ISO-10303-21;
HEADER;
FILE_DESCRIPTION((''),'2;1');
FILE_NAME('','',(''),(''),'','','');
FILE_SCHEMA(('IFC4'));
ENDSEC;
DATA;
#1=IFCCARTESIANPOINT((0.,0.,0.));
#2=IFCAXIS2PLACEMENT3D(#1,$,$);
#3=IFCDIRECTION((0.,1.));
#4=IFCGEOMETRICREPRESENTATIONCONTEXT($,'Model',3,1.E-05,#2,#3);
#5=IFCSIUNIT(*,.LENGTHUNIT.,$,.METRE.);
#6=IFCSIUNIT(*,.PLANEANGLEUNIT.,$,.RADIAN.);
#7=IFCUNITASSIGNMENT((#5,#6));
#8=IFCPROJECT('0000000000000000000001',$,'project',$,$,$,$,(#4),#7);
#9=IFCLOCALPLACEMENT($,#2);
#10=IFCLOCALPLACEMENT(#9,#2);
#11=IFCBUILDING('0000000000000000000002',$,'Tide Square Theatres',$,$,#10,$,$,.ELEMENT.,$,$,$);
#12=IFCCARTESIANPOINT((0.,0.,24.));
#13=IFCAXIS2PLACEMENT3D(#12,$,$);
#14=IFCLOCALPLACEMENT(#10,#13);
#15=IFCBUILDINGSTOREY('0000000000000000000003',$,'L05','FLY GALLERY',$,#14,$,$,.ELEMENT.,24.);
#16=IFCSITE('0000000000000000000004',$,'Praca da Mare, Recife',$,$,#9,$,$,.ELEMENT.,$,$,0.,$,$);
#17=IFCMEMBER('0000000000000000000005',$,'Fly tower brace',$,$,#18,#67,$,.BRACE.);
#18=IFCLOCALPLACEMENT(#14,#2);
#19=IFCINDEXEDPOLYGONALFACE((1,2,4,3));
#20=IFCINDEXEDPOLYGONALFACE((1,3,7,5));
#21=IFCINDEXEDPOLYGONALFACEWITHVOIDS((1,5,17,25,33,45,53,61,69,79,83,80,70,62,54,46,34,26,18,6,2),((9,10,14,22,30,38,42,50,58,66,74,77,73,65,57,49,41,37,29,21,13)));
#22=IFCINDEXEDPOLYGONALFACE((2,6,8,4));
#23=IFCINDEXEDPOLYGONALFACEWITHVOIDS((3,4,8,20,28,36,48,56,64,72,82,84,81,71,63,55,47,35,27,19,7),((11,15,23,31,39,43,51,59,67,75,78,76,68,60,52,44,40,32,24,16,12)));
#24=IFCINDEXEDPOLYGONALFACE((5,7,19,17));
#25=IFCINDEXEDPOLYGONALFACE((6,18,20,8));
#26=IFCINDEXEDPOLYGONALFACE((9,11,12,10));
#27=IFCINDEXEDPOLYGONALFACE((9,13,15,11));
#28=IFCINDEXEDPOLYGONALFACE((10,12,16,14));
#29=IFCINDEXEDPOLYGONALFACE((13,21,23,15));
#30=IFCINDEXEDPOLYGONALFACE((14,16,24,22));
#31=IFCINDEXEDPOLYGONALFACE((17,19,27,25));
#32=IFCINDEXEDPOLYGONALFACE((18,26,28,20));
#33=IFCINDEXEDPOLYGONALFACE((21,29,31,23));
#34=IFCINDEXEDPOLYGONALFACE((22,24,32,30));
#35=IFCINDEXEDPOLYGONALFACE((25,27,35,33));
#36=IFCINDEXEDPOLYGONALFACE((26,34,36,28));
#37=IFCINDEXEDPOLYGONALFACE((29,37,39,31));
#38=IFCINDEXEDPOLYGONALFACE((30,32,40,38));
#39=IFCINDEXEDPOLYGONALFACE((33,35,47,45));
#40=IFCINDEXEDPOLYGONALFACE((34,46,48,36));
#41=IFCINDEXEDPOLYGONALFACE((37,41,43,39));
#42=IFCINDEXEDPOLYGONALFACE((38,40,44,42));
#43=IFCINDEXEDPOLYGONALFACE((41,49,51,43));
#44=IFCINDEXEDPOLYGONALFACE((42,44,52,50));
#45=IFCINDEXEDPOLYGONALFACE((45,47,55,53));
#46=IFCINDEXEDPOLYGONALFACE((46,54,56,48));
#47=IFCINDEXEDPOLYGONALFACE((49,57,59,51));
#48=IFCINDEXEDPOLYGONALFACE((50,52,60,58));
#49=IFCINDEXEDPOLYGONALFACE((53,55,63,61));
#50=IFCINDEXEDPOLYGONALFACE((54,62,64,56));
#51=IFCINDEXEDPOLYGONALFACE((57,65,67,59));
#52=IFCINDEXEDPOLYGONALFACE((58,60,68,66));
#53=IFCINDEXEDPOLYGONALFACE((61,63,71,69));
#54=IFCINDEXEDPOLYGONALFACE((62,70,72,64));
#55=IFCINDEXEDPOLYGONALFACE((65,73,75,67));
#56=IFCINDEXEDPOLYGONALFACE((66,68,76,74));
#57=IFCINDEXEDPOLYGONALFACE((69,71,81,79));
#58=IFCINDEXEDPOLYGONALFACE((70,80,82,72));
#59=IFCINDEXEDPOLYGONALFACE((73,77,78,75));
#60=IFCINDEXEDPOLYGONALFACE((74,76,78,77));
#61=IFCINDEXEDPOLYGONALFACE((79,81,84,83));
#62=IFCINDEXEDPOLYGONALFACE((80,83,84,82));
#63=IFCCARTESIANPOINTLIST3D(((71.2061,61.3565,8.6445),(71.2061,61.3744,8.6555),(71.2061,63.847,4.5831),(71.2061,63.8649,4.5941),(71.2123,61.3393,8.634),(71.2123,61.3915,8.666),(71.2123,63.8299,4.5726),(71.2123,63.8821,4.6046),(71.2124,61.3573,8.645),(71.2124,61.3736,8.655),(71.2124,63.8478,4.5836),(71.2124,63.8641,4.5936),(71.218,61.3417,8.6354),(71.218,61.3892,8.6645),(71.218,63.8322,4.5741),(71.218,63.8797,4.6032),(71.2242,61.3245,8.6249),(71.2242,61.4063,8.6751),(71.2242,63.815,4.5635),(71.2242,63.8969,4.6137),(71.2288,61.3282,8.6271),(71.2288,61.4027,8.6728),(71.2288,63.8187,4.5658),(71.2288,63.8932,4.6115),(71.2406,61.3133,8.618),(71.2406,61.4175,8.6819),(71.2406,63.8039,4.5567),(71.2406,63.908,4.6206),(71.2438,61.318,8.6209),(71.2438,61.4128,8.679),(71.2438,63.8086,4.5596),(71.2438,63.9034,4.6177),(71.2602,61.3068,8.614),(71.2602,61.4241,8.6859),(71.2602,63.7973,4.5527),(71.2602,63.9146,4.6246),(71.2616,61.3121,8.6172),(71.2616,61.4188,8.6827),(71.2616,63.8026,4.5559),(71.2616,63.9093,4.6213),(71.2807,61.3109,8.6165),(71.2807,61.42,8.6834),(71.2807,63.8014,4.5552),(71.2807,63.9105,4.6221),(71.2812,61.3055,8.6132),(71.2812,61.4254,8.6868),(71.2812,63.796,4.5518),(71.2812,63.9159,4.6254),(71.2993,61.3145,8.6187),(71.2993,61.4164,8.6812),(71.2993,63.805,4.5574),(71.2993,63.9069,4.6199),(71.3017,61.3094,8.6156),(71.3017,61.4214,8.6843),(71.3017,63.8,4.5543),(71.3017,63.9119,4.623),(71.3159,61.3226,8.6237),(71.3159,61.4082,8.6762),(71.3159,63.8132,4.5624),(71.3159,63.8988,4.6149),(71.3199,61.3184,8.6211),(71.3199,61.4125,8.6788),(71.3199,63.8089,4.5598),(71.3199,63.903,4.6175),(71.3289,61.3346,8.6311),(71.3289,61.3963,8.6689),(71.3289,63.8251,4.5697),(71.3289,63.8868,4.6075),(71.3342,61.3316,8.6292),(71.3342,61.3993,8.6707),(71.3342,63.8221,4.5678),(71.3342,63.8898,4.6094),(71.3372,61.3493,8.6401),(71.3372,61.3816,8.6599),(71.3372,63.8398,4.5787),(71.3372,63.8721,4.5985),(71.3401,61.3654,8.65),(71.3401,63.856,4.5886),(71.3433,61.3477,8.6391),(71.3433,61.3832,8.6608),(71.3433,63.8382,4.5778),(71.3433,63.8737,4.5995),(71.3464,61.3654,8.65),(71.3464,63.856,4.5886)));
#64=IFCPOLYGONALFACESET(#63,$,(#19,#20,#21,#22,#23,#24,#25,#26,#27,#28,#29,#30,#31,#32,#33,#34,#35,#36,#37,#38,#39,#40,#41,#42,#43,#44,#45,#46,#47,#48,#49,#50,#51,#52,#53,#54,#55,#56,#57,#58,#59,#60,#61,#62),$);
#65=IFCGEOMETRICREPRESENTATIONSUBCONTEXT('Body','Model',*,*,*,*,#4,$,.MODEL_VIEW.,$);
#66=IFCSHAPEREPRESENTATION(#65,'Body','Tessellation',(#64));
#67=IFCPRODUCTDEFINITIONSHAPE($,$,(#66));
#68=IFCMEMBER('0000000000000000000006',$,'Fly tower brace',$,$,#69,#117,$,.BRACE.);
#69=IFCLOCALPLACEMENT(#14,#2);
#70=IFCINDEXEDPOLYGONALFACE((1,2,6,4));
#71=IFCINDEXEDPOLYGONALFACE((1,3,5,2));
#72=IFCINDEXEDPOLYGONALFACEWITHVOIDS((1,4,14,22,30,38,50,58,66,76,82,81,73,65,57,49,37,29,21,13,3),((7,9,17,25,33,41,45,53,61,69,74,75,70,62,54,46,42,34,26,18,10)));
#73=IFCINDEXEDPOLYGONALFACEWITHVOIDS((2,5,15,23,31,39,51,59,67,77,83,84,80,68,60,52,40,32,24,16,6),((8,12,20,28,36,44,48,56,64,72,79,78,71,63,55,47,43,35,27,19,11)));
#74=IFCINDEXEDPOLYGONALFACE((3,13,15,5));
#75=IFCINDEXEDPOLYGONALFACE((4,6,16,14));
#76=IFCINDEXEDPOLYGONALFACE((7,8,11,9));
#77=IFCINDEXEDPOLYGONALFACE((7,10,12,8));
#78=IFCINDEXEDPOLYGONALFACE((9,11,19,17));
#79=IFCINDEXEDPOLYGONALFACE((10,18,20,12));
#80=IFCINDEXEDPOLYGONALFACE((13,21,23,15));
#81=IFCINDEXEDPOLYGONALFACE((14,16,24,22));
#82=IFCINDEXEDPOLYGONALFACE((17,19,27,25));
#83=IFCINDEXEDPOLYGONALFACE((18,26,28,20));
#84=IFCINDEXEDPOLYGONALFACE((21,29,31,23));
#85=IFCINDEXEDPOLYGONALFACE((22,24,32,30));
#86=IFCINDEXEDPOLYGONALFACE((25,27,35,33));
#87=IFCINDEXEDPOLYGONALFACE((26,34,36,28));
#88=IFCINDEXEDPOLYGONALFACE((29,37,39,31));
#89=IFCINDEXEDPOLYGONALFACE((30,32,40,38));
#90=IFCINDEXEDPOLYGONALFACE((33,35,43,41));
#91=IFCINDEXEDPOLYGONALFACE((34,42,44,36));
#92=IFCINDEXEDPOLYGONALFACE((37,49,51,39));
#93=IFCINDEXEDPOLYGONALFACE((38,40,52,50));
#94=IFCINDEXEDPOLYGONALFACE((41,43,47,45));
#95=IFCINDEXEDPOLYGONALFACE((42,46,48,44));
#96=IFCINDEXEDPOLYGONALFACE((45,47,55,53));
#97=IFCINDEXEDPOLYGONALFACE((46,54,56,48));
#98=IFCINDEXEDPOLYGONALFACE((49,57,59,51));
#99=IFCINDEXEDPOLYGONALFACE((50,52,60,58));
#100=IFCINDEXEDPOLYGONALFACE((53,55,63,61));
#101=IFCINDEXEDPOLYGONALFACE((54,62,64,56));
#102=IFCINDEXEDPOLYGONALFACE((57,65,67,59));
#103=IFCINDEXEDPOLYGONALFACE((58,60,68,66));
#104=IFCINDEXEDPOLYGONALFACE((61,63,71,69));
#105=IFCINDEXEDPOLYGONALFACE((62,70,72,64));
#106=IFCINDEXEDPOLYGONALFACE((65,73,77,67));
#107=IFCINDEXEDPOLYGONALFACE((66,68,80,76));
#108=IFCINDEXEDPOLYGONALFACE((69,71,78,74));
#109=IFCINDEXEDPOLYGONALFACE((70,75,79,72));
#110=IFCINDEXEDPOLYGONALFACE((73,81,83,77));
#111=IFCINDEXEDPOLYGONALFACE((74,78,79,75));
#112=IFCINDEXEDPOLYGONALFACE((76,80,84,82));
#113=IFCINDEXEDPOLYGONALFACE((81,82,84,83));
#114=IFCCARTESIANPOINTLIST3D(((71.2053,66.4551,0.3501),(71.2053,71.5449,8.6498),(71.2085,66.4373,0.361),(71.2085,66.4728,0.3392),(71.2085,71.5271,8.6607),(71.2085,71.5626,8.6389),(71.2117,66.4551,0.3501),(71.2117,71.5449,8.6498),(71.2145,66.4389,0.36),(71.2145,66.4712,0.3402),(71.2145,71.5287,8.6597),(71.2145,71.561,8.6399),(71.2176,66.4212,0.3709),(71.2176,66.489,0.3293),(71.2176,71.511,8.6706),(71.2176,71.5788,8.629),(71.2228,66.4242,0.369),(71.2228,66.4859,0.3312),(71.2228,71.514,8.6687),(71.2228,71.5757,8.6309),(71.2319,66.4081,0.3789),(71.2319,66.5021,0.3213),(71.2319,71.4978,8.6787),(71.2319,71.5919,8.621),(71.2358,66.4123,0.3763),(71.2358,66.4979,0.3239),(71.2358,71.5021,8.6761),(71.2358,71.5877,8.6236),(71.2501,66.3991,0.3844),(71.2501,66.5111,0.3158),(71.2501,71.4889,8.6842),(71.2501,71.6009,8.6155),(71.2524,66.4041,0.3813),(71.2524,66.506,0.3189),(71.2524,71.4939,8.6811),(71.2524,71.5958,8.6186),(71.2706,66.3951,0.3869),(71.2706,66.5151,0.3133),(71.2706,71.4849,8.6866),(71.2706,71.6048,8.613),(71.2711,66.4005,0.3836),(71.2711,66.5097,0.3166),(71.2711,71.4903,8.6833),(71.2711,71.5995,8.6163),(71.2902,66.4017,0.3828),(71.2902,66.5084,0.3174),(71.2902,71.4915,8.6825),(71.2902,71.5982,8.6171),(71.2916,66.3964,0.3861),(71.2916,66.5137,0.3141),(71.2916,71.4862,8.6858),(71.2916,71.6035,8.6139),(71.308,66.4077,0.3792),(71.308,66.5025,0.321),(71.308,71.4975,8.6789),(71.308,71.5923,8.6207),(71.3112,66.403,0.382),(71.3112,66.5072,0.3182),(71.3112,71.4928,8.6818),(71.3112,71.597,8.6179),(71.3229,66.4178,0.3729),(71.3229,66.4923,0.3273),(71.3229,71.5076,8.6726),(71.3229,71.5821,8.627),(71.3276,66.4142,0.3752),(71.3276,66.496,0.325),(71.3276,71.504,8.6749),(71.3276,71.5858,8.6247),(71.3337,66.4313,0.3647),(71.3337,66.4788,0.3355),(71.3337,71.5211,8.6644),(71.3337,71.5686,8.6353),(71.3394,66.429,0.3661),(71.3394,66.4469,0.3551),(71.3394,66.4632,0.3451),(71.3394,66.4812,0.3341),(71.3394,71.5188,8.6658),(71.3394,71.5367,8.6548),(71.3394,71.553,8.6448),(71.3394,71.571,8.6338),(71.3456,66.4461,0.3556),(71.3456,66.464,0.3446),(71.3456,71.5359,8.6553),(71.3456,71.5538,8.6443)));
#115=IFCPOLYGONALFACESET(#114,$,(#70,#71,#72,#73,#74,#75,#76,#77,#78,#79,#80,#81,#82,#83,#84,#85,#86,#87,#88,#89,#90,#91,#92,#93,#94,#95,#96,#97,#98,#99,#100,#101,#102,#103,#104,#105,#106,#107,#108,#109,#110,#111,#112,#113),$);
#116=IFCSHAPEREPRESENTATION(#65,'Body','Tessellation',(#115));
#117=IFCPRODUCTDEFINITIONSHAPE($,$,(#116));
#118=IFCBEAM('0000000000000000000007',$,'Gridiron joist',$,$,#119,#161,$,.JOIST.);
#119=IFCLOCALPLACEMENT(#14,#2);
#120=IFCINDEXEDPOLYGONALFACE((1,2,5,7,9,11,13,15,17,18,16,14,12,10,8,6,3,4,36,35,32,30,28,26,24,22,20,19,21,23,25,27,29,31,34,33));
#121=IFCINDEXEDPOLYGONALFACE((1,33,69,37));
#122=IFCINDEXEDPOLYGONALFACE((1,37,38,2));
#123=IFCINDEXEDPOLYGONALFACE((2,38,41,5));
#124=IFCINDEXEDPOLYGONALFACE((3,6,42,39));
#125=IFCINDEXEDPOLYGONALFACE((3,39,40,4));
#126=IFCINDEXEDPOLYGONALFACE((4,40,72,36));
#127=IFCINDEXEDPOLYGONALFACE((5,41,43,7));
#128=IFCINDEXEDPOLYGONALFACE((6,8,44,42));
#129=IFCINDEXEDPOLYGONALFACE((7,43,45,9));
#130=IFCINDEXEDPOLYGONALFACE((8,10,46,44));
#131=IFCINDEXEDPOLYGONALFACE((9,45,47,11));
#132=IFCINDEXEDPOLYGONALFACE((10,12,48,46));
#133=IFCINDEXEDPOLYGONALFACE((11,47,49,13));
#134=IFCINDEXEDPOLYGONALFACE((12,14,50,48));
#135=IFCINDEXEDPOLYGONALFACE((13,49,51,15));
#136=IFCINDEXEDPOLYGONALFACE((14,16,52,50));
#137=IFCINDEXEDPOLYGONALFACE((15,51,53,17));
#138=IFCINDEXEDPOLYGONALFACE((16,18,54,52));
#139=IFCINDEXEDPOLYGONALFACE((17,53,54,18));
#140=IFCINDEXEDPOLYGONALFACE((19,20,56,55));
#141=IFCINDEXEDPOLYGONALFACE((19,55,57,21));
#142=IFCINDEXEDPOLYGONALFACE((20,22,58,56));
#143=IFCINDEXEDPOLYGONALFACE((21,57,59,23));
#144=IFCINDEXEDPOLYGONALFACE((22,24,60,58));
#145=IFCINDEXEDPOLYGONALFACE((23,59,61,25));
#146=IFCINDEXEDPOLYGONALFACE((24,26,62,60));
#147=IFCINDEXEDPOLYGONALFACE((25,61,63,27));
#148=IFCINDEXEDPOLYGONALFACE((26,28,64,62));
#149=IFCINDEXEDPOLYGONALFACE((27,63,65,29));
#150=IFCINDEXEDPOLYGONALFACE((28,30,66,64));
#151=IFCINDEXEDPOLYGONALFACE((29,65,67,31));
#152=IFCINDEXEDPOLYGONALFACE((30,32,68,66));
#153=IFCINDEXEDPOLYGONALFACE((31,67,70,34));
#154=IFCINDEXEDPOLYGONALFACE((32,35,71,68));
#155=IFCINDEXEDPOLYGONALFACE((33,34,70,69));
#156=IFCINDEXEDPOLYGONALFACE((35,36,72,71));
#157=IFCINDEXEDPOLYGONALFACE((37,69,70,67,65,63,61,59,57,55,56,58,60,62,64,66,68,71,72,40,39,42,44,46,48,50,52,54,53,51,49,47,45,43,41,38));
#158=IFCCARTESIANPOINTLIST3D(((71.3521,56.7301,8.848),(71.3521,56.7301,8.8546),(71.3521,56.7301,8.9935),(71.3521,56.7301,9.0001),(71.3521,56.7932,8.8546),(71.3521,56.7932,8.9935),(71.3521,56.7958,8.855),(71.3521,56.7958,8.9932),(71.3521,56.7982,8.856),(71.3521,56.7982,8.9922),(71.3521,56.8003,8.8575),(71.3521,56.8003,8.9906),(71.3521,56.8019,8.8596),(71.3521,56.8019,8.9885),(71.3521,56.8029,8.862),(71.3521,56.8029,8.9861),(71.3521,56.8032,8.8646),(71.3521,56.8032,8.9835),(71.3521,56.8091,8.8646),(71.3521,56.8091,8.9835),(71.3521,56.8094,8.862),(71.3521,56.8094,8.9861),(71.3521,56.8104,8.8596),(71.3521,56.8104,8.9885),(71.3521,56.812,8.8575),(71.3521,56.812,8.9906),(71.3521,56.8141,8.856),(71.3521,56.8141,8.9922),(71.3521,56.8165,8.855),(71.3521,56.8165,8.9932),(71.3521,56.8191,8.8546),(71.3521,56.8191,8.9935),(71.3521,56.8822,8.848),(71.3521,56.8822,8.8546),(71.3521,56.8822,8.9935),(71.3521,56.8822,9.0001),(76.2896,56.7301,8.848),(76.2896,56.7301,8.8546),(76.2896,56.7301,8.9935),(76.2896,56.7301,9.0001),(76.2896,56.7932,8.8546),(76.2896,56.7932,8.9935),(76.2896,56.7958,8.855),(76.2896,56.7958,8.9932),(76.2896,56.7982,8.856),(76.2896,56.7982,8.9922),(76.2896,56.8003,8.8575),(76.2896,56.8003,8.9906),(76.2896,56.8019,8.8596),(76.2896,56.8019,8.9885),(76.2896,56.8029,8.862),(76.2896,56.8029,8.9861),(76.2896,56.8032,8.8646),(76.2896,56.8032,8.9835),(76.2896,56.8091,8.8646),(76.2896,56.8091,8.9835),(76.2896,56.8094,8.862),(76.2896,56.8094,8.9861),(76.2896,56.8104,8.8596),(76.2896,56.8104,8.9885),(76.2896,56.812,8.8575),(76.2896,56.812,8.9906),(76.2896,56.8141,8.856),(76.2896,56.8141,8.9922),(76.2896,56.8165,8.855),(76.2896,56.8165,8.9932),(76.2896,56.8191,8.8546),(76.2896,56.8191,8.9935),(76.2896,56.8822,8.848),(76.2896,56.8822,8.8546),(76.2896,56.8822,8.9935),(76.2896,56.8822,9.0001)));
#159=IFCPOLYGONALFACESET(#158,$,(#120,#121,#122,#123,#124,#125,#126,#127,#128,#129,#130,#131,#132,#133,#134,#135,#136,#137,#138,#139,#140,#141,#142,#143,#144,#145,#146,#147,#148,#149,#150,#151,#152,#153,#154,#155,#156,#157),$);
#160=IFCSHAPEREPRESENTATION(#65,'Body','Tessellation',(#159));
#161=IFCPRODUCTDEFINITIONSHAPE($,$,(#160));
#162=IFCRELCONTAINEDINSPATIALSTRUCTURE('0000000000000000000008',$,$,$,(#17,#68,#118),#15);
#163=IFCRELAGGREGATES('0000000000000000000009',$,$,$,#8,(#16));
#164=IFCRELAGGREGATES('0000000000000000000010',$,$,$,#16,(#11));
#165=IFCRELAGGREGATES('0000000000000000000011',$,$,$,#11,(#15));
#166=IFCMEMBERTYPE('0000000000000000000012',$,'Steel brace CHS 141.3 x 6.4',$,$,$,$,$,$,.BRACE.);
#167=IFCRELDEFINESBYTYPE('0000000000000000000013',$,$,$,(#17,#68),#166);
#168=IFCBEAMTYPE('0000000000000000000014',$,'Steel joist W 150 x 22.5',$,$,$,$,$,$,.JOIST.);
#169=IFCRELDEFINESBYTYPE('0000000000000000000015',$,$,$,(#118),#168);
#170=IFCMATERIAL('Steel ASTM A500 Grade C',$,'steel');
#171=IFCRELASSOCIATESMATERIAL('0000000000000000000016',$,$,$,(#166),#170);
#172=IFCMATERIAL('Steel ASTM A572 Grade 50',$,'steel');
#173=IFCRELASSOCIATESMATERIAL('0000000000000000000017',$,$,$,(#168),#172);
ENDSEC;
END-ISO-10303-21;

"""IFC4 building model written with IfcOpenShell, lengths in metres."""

from ifc_helpers import new_model, si_unit, direction, frame, origin, origin_2d, place, context, subcontext, project, spatial, hollow_circle, i_section, extrude, material, material_profile, profile_set, type_object, element, save


model = new_model("IFC4")

# Units and contexts
model_context = context("Model", 3, precision=1e-05, world=origin(), true_north=direction((0.0, 1.0)))
body_context = subcontext(model_context, "Body", "Model", "MODEL_VIEW")
ifc_project = project(units=[si_unit("LENGTHUNIT", "METRE"), si_unit("PLANEANGLEUNIT", "RADIAN")], contexts=[model_context])

# Site, building, storey
site_placement = place(None, origin())
site = spatial("IfcSite", under=ifc_project, at=site_placement, Name="Praca da Mare, Recife", CompositionType="ELEMENT", RefElevation=0.0)
building_placement = place(site_placement, origin())
building = spatial("IfcBuilding", under=site, at=building_placement, Name="Tide Square Theatres", CompositionType="ELEMENT")
storey_placement = place(building_placement, frame((0.0, 0.0, 24.0)))
storey = spatial("IfcBuildingStorey", under=building, at=storey_placement, Name="L05", Description="FLY GALLERY", CompositionType="ELEMENT", Elevation=24.0)

# Members
ifc_material_1 = material(Name="Steel ASTM A500 Grade C", Category="steel")
ifc_material_profile_1 = material_profile(ifc_material_1, hollow_circle(Radius=0.0706, WallThickness=0.0063, at=origin_2d()))
ifc_profile_set_1 = profile_set([ifc_material_profile_1], Name="Steel ASTM A500 Grade C")
member_type_1 = type_object("IfcMemberType", Name="Steel brace CHS 141.3 x 6.4", PredefinedType="BRACE", material=ifc_profile_set_1)
member_1_placement = place(storey_placement, frame((71.2759, 63.856, 4.5886), z_axis=(0.0, -0.522762, 0.852479), x_axis=(1.0, 0.0, 0.0)))
element("IfcMember", 1, at=member_1_placement, inside=storey, type_object=member_type_1, Name="Fly tower brace", PredefinedType="BRACE", context=body_context, shape_type="SweptSolid", body=[
    extrude(hollow_circle(Radius=0.0706, WallThickness=0.0063, at=origin_2d()), origin(), (0.0, 0.0, 1.0), 4.7642),
])
member_2_placement = place(storey_placement, frame((71.2759, 66.4551, 0.3501), z_axis=(0.0, 0.522776, 0.85247), x_axis=(-1.0, 0.0, 0.0)))
element("IfcMember", 2, at=member_2_placement, inside=storey, type_object=member_type_1, Name="Fly tower brace", PredefinedType="BRACE", context=body_context, shape_type="SweptSolid", body=[
    extrude(hollow_circle(Radius=0.0706, WallThickness=0.0063, at=origin_2d()), origin(), (0.0, 0.0, 1.0), 9.7361),
])

# Beam
ifc_material_2 = material(Name="Steel ASTM A572 Grade 50", Category="steel")
ifc_material_profile_2 = material_profile(ifc_material_2, i_section(OverallWidth=0.1521, OverallDepth=0.1521, WebThickness=0.0059, FlangeThickness=0.0066, FilletRadius=0.01, at=origin_2d()))
ifc_profile_set_2 = profile_set([ifc_material_profile_2], Name="Steel ASTM A572 Grade 50")
beam_type_1 = type_object("IfcBeamType", Name="Steel joist W 150 x 22.5", PredefinedType="JOIST", material=ifc_profile_set_2)
for number, where, z_axis, x_axis, name in (
    (3, (71.3521, 56.8062, 8.9241), (1.0, 0.0, 0.0), (0.0, 1.0, 0.0), "Gridiron joist"),
):
    element("IfcBeam", number, at=place(storey_placement, frame(where, z_axis=z_axis, x_axis=x_axis)), inside=storey, type_object=beam_type_1, Name=name, PredefinedType="JOIST", context=body_context, shape_type="SweptSolid", body=[
        extrude(i_section(OverallWidth=0.1521, OverallDepth=0.1521, WebThickness=0.0059, FlangeThickness=0.0066, FilletRadius=0.01, at=origin_2d()), origin(), (0.0, 0.0, 1.0), 4.9375),
    ])

save(model, "model.ifc")
